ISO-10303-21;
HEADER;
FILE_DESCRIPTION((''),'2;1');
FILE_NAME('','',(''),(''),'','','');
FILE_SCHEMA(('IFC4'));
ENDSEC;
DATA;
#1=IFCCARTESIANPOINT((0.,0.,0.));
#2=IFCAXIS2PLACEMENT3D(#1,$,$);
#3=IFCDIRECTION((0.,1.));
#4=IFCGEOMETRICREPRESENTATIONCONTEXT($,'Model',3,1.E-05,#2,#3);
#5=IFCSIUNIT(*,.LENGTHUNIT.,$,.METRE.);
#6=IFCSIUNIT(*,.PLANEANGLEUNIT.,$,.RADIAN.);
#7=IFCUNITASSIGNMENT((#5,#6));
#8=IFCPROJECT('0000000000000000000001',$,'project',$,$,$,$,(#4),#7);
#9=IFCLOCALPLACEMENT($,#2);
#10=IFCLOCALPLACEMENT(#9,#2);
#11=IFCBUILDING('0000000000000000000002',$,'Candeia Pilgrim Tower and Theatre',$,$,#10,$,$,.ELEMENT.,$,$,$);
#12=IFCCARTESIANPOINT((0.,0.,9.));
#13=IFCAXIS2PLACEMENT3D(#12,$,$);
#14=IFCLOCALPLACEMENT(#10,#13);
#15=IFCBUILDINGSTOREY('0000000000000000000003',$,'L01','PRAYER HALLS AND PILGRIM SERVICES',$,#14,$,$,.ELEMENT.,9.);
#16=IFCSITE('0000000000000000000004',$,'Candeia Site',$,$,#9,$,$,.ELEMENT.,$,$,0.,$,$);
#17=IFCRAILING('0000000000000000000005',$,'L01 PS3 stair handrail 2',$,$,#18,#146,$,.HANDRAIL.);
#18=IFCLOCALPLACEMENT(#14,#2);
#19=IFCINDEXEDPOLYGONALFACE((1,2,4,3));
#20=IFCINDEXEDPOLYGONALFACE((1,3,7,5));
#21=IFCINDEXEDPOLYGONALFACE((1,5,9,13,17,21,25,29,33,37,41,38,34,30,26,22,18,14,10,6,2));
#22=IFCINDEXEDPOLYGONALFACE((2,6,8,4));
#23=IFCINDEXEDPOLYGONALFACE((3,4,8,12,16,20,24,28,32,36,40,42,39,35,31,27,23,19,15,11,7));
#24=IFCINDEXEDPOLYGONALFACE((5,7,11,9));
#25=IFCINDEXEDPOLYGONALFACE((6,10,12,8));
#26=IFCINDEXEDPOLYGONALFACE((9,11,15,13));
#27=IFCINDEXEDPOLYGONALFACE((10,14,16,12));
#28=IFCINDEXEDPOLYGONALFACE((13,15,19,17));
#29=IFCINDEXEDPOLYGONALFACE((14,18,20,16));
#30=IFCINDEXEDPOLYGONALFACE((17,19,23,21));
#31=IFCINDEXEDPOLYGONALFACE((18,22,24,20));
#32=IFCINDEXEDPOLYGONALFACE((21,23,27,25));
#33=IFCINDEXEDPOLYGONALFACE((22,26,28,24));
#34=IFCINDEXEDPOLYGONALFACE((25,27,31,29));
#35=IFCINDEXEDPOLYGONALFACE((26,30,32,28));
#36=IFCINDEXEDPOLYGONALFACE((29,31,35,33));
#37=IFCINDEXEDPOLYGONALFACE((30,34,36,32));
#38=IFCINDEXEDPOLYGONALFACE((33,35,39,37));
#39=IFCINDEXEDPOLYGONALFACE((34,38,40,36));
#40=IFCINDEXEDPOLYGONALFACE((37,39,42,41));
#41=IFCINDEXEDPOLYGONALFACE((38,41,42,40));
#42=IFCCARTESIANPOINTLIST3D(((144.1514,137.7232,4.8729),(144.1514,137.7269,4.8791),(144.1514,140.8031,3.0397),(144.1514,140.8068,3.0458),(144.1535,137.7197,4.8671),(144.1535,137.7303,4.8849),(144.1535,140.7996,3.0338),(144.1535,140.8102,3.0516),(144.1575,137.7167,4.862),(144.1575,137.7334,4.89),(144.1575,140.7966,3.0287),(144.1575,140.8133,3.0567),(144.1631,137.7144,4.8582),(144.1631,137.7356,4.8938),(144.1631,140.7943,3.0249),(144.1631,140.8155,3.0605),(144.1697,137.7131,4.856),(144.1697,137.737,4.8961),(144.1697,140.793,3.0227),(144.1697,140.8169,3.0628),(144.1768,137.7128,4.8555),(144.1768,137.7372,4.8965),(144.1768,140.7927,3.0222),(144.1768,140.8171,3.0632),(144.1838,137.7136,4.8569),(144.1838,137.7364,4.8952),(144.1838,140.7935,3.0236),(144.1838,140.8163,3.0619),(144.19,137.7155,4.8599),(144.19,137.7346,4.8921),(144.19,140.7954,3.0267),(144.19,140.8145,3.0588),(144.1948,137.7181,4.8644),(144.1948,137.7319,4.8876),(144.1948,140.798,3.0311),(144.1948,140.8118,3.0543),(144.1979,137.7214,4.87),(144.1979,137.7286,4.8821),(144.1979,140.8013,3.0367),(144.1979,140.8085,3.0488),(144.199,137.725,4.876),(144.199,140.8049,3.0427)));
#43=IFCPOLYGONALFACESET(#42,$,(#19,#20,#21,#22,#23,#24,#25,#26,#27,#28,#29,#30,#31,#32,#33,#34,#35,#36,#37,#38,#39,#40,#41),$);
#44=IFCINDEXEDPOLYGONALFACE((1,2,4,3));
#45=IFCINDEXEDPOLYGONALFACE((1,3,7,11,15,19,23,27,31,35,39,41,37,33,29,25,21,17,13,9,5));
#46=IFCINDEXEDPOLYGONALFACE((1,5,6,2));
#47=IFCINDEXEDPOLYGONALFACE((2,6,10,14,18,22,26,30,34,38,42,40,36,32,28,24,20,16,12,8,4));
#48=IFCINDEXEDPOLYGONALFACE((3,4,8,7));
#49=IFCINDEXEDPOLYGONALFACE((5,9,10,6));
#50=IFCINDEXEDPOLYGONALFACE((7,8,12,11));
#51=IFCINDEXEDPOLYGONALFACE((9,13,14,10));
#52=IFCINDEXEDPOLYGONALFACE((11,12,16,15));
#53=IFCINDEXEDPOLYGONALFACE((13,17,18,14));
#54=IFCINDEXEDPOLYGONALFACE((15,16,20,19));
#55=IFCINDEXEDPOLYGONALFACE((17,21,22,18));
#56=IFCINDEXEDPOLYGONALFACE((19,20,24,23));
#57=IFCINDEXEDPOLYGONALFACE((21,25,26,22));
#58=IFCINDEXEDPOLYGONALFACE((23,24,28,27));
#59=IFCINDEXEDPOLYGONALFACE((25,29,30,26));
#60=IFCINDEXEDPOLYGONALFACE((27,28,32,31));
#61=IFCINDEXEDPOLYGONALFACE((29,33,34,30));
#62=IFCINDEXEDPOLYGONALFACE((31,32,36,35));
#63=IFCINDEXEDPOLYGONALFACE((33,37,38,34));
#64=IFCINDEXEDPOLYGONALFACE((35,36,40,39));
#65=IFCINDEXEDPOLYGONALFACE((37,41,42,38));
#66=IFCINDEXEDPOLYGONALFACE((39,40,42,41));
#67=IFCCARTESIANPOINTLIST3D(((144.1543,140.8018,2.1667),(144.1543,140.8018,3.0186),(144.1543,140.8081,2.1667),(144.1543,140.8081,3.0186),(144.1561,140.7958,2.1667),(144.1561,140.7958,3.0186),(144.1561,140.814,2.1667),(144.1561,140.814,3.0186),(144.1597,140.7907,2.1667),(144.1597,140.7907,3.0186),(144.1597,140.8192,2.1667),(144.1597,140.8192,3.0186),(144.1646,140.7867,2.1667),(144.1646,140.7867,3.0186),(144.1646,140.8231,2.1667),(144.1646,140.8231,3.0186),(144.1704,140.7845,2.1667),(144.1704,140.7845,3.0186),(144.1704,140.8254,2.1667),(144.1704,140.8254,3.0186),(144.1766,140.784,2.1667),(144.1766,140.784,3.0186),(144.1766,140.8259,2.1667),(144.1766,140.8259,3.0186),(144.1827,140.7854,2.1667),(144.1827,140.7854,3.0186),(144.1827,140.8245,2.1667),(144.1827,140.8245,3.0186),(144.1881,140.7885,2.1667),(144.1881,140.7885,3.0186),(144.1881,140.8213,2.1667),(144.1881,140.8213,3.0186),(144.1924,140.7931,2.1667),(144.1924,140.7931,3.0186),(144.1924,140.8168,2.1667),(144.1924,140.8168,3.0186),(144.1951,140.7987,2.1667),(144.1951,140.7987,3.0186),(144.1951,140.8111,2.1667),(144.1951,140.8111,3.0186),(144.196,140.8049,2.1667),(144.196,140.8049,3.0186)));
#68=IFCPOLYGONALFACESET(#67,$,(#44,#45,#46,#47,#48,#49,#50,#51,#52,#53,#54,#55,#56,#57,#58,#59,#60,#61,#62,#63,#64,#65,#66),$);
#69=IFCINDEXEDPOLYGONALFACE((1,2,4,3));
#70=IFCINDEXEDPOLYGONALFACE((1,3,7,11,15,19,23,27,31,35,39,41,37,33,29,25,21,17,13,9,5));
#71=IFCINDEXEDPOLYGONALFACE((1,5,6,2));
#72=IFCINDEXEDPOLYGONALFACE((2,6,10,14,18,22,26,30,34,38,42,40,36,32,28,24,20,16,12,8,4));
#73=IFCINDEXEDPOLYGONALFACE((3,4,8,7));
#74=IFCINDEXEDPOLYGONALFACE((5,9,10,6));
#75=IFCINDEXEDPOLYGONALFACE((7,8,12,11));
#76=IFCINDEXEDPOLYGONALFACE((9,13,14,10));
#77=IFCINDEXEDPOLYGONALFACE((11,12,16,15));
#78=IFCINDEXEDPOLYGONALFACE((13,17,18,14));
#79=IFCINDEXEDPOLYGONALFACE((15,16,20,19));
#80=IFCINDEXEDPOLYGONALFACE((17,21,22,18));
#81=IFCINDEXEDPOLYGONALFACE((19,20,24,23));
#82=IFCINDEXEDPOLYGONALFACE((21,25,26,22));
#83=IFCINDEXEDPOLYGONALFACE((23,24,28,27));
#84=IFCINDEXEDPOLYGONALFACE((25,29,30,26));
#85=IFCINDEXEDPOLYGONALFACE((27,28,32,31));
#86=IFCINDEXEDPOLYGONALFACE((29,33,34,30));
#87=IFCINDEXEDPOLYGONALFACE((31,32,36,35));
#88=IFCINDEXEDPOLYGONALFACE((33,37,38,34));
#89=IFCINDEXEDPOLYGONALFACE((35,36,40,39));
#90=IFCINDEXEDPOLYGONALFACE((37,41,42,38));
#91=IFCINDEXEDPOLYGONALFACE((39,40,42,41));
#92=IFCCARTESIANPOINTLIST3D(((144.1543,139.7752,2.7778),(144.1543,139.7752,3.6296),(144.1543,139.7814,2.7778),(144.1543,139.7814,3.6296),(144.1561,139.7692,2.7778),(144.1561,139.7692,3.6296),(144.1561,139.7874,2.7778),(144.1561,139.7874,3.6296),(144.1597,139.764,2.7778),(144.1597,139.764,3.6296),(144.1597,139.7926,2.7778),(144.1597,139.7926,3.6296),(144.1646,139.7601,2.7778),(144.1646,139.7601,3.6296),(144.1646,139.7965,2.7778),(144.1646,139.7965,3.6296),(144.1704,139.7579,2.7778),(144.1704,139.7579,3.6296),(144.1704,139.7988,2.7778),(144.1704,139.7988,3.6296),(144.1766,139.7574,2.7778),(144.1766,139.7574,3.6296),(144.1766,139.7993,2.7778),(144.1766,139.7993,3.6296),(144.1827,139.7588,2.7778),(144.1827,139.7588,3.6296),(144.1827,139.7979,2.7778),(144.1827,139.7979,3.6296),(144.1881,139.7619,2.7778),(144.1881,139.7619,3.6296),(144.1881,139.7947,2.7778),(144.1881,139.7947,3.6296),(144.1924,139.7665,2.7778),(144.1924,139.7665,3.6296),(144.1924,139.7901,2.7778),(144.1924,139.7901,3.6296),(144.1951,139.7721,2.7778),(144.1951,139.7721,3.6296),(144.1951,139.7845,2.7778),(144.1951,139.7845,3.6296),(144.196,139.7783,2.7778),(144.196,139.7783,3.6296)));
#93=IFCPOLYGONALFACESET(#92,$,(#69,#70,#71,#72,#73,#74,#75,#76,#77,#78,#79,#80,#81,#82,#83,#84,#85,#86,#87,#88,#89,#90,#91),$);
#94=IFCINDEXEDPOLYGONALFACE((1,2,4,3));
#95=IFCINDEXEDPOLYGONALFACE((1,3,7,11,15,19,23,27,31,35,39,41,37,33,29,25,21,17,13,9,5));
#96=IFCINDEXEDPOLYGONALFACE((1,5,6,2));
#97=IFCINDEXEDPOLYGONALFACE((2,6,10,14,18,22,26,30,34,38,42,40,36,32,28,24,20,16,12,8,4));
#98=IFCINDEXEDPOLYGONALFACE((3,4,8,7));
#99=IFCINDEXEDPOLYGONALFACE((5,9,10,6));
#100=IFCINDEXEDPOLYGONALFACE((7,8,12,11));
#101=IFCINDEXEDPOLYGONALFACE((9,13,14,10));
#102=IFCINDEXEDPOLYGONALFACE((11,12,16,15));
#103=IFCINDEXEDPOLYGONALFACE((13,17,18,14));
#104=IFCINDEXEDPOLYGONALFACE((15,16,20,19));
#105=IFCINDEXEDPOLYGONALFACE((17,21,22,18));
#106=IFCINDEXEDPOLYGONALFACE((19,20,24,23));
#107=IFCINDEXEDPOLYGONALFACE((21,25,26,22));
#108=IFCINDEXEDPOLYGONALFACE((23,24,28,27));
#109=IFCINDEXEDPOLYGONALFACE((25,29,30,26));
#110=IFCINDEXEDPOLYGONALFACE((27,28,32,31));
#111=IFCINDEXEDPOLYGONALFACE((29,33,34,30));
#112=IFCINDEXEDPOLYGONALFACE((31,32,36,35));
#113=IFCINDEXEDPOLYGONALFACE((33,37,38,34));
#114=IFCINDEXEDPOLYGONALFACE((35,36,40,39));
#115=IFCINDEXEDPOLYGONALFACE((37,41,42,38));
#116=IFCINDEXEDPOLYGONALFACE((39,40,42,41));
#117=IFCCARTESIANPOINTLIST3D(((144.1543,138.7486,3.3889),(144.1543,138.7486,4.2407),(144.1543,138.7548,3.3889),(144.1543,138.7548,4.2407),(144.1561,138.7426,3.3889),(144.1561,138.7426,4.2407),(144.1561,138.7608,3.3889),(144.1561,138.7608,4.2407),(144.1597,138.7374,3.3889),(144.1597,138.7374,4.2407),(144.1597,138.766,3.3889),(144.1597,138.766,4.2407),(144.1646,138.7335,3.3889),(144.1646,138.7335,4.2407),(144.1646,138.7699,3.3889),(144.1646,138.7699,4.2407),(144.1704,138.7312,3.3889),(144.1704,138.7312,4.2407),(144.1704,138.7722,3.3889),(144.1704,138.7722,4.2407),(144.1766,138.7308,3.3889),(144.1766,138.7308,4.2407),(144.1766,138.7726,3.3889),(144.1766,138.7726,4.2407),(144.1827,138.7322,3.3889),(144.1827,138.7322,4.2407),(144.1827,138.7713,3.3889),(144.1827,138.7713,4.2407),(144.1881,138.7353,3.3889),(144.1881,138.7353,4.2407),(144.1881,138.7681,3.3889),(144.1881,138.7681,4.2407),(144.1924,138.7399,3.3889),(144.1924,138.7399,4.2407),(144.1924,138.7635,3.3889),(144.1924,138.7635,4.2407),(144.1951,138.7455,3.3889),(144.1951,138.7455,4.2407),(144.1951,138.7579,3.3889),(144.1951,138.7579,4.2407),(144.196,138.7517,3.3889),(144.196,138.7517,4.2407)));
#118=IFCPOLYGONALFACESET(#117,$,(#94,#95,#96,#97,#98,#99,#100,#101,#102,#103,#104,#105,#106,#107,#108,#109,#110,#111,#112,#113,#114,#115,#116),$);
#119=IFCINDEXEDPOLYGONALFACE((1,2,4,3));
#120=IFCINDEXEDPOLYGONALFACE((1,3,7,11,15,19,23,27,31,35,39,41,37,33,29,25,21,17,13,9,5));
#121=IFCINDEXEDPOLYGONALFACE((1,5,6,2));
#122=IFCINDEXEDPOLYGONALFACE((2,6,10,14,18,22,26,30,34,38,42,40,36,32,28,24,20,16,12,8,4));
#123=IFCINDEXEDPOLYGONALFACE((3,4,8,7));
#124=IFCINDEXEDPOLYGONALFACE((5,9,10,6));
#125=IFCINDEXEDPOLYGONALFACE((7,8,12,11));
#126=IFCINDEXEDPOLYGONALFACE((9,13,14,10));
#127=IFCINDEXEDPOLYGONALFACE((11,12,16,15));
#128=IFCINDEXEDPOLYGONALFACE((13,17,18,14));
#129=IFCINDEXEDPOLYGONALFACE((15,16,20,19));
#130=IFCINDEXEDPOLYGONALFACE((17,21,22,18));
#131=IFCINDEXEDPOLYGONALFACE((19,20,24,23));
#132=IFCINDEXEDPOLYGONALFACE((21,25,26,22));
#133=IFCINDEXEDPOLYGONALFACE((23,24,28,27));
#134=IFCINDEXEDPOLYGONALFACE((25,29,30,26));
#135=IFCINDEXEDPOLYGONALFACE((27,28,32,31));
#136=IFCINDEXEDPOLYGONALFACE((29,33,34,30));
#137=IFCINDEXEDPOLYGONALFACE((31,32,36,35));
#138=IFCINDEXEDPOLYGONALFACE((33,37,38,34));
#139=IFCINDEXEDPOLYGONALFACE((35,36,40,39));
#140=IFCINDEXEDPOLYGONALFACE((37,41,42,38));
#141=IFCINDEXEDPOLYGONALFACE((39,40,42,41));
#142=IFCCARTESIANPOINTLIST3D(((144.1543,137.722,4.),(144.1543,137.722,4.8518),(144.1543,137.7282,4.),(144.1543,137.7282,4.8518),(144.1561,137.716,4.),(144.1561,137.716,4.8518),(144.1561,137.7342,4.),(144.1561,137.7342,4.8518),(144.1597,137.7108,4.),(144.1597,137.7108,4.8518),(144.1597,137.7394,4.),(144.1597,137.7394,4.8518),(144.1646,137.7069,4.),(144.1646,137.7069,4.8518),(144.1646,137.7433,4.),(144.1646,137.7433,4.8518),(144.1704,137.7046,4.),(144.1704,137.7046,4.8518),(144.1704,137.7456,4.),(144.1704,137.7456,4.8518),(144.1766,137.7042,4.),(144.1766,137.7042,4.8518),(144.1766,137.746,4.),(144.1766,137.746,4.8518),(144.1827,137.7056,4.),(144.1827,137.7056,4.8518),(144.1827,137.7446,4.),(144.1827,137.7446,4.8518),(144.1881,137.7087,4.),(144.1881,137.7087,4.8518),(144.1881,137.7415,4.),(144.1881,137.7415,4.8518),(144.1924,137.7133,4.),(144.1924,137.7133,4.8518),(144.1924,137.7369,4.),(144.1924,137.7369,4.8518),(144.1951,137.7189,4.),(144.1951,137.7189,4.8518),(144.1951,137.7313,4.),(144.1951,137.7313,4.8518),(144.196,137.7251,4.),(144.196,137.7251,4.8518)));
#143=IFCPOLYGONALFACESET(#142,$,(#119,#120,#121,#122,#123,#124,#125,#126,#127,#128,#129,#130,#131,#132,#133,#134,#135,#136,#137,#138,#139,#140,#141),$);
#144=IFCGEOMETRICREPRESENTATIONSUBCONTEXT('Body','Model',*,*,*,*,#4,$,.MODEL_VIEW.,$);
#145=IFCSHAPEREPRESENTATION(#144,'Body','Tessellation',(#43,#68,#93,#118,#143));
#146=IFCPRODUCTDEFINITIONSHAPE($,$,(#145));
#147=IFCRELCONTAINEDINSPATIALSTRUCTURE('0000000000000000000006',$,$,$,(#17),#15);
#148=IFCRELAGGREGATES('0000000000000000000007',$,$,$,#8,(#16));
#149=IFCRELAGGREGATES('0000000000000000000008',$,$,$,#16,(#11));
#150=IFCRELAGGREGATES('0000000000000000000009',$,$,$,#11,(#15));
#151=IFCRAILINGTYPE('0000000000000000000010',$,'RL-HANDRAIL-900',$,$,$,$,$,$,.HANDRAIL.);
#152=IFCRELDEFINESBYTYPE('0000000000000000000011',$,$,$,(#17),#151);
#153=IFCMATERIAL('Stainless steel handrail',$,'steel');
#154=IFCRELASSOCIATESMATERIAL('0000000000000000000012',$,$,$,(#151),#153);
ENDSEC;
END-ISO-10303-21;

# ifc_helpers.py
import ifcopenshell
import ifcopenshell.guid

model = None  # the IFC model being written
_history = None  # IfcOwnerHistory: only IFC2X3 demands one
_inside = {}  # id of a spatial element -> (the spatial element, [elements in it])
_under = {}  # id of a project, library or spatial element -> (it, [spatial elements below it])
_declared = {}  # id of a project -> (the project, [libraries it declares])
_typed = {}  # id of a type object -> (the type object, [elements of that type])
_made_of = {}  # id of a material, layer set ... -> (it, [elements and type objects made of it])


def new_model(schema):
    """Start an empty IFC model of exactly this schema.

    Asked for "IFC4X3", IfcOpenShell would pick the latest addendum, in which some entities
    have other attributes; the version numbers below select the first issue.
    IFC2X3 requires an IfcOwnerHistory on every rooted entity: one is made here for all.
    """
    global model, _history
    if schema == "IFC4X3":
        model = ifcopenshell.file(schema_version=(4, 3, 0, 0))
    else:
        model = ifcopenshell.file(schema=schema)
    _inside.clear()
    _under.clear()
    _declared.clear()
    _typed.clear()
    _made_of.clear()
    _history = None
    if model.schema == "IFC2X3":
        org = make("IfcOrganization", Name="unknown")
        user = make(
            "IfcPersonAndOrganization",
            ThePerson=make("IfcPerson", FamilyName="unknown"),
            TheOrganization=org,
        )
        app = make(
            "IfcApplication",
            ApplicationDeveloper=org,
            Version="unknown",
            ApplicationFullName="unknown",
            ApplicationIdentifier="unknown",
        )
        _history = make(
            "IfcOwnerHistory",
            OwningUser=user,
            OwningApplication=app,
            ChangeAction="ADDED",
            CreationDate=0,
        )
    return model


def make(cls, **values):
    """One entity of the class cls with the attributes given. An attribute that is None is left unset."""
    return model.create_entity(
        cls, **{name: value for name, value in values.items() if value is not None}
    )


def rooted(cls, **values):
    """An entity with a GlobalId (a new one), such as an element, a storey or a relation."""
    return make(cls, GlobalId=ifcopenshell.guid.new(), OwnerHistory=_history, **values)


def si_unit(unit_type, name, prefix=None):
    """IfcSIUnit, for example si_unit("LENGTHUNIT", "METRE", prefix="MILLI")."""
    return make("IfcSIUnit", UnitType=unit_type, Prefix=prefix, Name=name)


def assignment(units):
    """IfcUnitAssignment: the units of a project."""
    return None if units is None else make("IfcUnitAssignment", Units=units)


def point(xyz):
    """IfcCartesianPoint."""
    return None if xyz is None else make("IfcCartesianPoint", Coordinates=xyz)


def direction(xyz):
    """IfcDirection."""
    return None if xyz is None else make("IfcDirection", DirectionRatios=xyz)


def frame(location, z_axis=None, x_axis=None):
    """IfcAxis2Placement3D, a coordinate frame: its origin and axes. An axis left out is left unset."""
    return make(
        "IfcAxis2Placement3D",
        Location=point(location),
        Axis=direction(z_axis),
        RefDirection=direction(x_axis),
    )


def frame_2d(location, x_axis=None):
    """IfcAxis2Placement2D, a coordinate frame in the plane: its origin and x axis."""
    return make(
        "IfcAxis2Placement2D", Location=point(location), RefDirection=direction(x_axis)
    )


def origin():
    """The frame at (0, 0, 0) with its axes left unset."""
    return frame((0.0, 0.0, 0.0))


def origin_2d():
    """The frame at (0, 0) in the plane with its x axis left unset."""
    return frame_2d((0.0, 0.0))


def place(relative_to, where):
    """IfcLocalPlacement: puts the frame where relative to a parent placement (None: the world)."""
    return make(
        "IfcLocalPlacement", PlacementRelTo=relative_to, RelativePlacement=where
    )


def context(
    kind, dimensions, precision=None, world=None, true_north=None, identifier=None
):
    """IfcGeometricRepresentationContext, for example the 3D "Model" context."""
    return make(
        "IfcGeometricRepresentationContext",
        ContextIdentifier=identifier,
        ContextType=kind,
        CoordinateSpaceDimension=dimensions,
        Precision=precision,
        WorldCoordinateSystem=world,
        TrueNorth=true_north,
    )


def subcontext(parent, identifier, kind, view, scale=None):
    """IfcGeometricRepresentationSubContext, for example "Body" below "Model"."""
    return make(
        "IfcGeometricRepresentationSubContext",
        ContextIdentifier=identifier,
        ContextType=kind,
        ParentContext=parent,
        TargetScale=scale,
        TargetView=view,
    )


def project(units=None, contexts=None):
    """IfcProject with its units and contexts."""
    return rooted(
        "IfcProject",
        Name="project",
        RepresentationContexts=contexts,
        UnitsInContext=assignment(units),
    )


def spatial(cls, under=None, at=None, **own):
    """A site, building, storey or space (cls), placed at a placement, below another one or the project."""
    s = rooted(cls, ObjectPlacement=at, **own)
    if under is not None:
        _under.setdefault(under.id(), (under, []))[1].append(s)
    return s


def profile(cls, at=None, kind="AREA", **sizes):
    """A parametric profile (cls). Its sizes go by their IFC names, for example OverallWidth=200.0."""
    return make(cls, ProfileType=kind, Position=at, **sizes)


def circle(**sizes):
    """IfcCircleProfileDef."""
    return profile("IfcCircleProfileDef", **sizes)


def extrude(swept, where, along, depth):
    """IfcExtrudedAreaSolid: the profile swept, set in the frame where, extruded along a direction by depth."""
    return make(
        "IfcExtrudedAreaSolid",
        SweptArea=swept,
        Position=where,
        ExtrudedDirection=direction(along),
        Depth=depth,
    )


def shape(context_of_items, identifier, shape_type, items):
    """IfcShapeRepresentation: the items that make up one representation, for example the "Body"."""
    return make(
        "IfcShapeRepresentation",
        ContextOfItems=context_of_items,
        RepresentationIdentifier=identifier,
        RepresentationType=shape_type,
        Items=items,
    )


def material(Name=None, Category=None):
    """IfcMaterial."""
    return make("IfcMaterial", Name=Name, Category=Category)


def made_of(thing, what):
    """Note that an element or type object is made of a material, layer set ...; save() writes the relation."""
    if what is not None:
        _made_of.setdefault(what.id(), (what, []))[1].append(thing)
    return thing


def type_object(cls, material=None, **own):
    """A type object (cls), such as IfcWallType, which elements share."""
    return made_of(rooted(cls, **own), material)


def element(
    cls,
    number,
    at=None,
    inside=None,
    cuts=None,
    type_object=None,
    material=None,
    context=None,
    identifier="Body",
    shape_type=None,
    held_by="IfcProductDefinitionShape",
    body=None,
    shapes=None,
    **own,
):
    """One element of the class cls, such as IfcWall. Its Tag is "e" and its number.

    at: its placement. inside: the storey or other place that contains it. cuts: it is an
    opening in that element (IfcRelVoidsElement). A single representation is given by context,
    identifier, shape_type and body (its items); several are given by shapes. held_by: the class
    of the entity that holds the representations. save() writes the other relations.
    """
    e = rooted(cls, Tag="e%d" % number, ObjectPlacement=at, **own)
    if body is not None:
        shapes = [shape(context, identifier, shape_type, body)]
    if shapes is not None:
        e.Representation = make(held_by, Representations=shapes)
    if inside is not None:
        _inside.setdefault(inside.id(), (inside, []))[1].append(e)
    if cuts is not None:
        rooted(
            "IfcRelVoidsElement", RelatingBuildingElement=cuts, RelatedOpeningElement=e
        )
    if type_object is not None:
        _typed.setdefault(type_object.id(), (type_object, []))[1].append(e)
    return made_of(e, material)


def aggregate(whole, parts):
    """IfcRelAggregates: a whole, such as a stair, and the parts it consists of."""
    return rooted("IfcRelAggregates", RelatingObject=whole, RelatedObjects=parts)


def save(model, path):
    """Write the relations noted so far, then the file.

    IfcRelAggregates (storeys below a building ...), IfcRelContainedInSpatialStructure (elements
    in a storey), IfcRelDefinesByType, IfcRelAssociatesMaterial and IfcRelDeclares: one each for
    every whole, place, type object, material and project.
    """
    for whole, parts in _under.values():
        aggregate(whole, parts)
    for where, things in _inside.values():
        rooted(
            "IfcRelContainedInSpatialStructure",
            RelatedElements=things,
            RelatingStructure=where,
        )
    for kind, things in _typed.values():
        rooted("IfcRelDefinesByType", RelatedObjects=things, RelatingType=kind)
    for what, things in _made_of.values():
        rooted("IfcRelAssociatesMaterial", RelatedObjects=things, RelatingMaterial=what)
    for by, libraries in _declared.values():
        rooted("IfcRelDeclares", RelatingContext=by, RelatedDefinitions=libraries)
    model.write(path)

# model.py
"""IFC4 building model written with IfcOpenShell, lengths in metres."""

from ifc_helpers import new_model, si_unit, direction, frame, origin, origin_2d, place, context, subcontext, project, spatial, circle, extrude, material, type_object, element, save


model = new_model("IFC4")

# Units and contexts
model_context = context("Model", 3, precision=1e-05, world=origin(), true_north=direction((0.0, 1.0)))
body_context = subcontext(model_context, "Body", "Model", "MODEL_VIEW")
ifc_project = project(units=[si_unit("LENGTHUNIT", "METRE"), si_unit("PLANEANGLEUNIT", "RADIAN")], contexts=[model_context])

# Site, building, storey
site_placement = place(None, origin())
site = spatial("IfcSite", under=ifc_project, at=site_placement, Name="Candeia Site", CompositionType="ELEMENT", RefElevation=0.0)
building_placement = place(site_placement, origin())
building = spatial("IfcBuilding", under=site, at=building_placement, Name="Candeia Pilgrim Tower and Theatre", CompositionType="ELEMENT")
storey_placement = place(building_placement, frame((0.0, 0.0, 9.0)))
storey = spatial("IfcBuildingStorey", under=building, at=storey_placement, Name="L01", Description="PRAYER HALLS AND PILGRIM SERVICES", CompositionType="ELEMENT", Elevation=9.0)

# Railing
ifc_material_1 = material(Name="Stainless steel handrail", Category="steel")
railing_type_1 = type_object("IfcRailingType", Name="RL-HANDRAIL-900", PredefinedType="HANDRAIL", material=ifc_material_1)
for number, where, name in (
    (1, (144.175, 140.8049, 2.1667), "L01 PS3 stair handrail 2"),
):
    element("IfcRailing", number, at=place(storey_placement, frame(where)), inside=storey, type_object=railing_type_1, Name=name, PredefinedType="HANDRAIL", context=body_context, shape_type="SweptSolid", body=[
        extrude(circle(Radius=0.0239, at=origin_2d()), frame((0.0, 0.0, 0.876), z_axis=(0.0, -0.859291, 0.511487), x_axis=(1.0, 0.0, 0.0)), (0.0, 0.0, 1.0), 3.5842),
        extrude(circle(Radius=0.021, at=origin_2d()), origin(), (0.0, 0.0, 1.0), 0.8518),
        extrude(circle(Radius=0.021, at=origin_2d()), frame((0.0, -1.0266, 0.6111)), (0.0, 0.0, 1.0), 0.8518),
        extrude(circle(Radius=0.021, at=origin_2d()), frame((0.0, -2.0532, 1.2222)), (0.0, 0.0, 1.0), 0.8518),
        extrude(circle(Radius=0.021, at=origin_2d()), frame((0.0, -3.0798, 1.8333)), (0.0, 0.0, 1.0), 0.8518),
    ])

save(model, "model.ifc")
